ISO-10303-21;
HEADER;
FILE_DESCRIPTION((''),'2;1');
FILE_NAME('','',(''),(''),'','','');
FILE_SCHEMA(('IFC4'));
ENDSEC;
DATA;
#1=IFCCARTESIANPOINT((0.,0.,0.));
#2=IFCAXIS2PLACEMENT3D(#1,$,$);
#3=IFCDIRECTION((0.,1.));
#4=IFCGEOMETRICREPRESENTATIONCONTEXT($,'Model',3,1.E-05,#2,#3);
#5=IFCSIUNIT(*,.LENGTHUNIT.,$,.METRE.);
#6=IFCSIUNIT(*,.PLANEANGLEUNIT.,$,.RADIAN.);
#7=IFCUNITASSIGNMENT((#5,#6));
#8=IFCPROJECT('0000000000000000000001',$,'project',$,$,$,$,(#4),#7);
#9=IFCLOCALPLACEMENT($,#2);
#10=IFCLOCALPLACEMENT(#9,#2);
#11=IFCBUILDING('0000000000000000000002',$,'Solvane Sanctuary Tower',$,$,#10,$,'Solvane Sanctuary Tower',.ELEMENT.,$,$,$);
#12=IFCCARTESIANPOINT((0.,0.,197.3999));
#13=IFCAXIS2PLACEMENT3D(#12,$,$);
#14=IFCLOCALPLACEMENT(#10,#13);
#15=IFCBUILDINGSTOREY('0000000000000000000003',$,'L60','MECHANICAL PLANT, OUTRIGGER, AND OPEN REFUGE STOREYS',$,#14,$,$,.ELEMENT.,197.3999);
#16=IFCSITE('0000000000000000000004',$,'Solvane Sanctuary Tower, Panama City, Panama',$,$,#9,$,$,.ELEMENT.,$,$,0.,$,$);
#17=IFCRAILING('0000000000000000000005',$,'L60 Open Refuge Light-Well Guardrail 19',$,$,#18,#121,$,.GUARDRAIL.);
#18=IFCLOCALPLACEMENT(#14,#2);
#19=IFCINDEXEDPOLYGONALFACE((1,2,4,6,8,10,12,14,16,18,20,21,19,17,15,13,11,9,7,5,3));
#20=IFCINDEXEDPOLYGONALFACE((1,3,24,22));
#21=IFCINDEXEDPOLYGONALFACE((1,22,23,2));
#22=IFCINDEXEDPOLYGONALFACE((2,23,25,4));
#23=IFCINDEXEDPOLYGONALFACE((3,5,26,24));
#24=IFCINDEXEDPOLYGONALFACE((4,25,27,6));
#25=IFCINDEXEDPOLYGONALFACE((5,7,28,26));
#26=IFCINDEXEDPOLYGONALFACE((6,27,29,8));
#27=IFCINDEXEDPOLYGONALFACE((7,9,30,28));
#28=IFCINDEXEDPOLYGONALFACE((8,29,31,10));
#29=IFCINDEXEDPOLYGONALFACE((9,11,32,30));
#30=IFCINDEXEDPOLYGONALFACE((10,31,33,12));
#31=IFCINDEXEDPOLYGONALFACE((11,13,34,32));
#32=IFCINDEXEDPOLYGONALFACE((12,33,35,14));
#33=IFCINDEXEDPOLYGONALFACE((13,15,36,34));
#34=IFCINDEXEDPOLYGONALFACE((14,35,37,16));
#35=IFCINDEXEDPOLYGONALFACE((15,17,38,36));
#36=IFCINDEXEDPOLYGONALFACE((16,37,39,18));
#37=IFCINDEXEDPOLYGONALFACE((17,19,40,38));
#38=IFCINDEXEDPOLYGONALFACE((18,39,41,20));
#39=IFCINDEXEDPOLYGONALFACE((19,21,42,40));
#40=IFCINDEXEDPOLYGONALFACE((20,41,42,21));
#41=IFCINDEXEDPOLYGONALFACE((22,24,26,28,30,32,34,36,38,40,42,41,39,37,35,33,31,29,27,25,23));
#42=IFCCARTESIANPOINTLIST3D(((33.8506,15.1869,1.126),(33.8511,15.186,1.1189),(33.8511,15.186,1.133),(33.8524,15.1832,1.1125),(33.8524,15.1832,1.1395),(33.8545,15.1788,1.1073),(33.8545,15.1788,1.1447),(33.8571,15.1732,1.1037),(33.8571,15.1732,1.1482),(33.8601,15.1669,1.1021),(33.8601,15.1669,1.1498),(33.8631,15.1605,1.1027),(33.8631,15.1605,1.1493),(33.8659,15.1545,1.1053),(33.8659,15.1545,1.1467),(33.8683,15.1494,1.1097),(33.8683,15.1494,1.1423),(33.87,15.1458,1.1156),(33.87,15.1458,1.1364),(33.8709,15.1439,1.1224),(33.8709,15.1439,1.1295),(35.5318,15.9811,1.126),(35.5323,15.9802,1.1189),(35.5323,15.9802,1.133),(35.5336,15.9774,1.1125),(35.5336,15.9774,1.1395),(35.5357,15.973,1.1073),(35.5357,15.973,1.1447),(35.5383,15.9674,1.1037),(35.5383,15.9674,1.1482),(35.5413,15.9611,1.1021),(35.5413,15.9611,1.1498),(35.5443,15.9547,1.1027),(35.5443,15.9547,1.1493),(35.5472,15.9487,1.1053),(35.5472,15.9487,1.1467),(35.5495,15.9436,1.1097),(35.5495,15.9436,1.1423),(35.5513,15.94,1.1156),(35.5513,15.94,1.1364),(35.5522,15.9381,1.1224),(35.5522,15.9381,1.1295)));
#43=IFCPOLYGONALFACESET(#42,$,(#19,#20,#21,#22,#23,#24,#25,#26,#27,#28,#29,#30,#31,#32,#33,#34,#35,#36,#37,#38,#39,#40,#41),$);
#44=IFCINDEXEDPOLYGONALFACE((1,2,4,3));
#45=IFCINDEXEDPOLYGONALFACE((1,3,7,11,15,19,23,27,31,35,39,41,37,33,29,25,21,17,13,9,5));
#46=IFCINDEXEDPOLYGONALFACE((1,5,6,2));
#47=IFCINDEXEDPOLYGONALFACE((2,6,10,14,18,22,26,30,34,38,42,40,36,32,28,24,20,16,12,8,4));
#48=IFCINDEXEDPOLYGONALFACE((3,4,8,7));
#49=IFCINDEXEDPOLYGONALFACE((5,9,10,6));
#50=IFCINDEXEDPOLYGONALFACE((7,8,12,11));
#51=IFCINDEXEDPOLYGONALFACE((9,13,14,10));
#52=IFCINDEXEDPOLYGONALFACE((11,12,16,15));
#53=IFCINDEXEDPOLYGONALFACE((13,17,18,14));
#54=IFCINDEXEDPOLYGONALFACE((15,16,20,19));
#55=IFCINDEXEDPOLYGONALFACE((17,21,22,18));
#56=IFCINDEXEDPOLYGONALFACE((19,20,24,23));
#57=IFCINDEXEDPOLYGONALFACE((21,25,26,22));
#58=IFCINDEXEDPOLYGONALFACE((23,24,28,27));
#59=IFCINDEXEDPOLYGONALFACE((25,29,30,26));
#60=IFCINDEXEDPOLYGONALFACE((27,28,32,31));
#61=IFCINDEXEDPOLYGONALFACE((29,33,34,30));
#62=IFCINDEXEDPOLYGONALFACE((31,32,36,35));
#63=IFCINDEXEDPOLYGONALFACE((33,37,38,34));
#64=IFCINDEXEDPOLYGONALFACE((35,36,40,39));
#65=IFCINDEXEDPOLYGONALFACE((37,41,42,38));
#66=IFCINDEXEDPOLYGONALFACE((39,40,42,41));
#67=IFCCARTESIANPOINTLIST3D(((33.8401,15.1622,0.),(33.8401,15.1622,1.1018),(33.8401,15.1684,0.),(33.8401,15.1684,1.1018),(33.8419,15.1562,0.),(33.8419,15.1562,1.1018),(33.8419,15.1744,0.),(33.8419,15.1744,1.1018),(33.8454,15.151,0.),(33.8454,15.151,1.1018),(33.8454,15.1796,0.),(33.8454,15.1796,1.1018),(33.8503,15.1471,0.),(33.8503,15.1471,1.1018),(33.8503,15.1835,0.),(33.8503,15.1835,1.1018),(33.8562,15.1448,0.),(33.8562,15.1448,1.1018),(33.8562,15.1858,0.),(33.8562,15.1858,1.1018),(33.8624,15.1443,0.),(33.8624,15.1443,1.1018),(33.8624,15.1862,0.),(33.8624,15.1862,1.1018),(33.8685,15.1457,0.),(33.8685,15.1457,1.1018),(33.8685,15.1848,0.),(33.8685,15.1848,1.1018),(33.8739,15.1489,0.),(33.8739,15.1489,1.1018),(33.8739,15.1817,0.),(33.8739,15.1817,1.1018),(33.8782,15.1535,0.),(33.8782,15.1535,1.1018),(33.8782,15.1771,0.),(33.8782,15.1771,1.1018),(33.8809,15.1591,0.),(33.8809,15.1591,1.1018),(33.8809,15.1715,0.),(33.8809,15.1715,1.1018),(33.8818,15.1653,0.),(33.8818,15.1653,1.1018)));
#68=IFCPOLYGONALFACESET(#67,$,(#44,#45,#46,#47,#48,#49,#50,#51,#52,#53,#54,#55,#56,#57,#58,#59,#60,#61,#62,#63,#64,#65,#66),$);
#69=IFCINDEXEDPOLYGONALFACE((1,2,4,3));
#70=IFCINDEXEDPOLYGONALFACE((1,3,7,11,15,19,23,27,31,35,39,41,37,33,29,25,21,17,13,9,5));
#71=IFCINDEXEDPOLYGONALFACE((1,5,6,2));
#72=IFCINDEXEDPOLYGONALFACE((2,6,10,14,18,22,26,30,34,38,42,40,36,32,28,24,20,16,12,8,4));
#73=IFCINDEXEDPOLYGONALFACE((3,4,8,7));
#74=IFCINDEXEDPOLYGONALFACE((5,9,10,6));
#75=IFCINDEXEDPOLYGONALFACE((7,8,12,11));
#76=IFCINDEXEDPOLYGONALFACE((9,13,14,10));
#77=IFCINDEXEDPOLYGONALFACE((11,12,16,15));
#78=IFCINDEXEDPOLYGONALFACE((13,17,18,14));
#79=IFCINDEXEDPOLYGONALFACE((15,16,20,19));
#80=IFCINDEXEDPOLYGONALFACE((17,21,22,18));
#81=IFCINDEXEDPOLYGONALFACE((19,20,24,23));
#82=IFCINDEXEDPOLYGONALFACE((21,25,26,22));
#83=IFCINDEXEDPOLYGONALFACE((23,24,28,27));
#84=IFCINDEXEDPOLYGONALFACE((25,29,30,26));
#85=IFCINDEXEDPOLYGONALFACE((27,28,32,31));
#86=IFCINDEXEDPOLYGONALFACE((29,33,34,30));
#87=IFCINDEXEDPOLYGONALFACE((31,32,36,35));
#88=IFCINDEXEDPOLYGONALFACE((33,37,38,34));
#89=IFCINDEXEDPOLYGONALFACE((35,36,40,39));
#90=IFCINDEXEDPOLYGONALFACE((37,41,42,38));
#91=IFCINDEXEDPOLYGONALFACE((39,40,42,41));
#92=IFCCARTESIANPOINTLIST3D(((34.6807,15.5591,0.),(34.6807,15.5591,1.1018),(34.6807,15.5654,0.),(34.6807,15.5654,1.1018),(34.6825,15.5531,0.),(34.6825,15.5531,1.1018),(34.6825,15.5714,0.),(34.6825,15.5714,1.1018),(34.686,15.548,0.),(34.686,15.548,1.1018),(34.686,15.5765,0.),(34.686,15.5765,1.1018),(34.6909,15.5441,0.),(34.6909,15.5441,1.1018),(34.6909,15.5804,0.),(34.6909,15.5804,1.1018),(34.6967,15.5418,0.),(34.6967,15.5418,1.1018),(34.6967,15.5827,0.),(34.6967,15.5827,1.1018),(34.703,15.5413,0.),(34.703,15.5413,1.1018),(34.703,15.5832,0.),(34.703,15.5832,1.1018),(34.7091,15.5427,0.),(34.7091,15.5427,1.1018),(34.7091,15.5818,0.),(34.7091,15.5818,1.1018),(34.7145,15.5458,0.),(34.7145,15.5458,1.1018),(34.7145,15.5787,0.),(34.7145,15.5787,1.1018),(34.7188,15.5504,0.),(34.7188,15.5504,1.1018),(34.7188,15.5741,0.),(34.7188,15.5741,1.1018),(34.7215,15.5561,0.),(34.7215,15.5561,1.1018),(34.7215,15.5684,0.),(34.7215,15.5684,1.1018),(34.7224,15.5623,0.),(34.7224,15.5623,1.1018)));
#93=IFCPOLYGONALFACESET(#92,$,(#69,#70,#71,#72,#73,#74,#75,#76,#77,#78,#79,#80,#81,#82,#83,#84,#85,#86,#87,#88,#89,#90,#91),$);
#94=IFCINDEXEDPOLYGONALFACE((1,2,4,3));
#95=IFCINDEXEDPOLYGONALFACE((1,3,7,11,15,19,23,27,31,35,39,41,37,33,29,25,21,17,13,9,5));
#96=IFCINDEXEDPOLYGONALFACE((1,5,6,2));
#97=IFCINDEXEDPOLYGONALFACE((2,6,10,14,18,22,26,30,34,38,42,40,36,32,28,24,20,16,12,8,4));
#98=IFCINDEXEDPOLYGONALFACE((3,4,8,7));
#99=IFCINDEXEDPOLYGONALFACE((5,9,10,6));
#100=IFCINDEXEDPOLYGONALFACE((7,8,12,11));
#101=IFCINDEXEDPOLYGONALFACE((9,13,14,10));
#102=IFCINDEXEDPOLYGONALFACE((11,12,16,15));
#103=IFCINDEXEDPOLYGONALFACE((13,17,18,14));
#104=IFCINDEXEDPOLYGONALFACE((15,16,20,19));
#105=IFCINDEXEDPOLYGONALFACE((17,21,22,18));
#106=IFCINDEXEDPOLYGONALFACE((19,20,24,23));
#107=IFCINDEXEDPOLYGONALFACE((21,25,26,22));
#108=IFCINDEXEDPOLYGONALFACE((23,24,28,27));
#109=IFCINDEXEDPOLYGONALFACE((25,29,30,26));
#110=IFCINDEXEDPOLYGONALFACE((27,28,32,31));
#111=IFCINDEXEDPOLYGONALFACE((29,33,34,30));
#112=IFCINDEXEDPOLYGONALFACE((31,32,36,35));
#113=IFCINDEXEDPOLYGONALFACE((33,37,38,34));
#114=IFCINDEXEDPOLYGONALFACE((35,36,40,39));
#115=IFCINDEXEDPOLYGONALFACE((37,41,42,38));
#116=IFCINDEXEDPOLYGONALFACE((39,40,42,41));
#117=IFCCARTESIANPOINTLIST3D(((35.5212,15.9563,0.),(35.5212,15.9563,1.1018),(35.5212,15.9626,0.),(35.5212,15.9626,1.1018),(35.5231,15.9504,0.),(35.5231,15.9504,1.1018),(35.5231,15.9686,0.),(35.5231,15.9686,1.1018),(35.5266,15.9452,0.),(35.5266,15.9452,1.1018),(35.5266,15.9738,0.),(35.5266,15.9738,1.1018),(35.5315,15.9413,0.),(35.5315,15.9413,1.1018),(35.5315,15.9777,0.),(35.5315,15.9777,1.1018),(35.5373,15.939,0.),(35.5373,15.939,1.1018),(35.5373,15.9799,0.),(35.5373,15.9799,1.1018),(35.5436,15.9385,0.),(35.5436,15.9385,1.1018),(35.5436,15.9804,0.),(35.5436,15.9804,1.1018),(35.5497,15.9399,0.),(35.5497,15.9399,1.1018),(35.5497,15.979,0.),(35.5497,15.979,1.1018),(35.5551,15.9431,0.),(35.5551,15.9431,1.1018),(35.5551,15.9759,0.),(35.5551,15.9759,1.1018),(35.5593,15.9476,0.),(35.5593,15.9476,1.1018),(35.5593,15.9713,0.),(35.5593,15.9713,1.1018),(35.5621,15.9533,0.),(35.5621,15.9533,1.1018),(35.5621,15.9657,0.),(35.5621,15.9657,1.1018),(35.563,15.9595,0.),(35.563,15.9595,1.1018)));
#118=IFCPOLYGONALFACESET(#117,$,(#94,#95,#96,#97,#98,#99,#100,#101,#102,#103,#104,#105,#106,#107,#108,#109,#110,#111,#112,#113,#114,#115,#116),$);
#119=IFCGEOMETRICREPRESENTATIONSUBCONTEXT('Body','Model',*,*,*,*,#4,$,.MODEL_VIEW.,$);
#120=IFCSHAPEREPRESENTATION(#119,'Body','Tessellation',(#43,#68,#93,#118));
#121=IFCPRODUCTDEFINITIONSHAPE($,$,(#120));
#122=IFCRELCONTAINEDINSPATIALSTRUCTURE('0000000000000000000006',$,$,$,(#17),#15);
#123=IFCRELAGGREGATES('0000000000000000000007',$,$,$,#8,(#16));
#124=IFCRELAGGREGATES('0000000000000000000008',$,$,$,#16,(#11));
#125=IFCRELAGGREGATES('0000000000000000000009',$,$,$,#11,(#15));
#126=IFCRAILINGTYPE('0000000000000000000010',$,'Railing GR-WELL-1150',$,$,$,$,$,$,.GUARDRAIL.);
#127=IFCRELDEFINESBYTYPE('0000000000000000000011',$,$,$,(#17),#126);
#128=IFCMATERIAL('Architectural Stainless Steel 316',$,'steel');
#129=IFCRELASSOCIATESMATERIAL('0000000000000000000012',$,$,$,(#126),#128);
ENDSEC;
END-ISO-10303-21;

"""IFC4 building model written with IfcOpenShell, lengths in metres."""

from ifc_helpers import new_model, si_unit, direction, frame, origin, origin_2d, place, context, subcontext, project, spatial, circle, extrude, material, type_object, element, save


model = new_model("IFC4")

# Units and contexts
model_context = context("Model", 3, precision=1e-05, world=origin(), true_north=direction((0.0, 1.0)))
body_context = subcontext(model_context, "Body", "Model", "MODEL_VIEW")
ifc_project = project(units=[si_unit("LENGTHUNIT", "METRE"), si_unit("PLANEANGLEUNIT", "RADIAN")], contexts=[model_context])

# Site, building, storey
site_placement = place(None, origin())
site = spatial("IfcSite", under=ifc_project, at=site_placement, Name="Solvane Sanctuary Tower, Panama City, Panama", CompositionType="ELEMENT", RefElevation=0.0)
building_placement = place(site_placement, origin())
building = spatial("IfcBuilding", under=site, at=building_placement, Name="Solvane Sanctuary Tower", LongName="Solvane Sanctuary Tower", CompositionType="ELEMENT")
storey_placement = place(building_placement, frame((0.0, 0.0, 197.3999)))
storey = spatial("IfcBuildingStorey", under=building, at=storey_placement, Name="L60", Description="MECHANICAL PLANT, OUTRIGGER, AND OPEN REFUGE STOREYS", CompositionType="ELEMENT", Elevation=197.3999)

# Shared definitions
ifc_material_1 = material(Name="Architectural Stainless Steel 316", Category="steel")

# Railing
railing_type_1 = type_object("IfcRailingType", Name="Railing GR-WELL-1150", PredefinedType="GUARDRAIL", material=ifc_material_1)
railing_1_placement = place(storey_placement, frame((33.8608, 15.1653, 0.0)))
element("IfcRailing", 1, at=railing_1_placement, inside=storey, type_object=railing_type_1, Name="L60 Open Refuge Light-Well Guardrail 19", PredefinedType="GUARDRAIL", context=body_context, shape_type="SweptSolid", body=[
    extrude(circle(Radius=0.0239, at=origin_2d()), frame((0.0, 0.0, 1.126), z_axis=(0.904184, 0.427143, 0.0), x_axis=(-0.427143, 0.904184, 0.0)), (0.0, 0.0, 1.0), 1.8594),
    extrude(circle(Radius=0.021, at=origin_2d()), origin(), (0.0, 0.0, 1.0), 1.1018),
    extrude(circle(Radius=0.021, at=origin_2d()), frame((0.8406, 0.397, 0.0)), (0.0, 0.0, 1.0), 1.1018),
    extrude(circle(Radius=0.021, at=origin_2d()), frame((1.6812, 0.7942, 0.0)), (0.0, 0.0, 1.0), 1.1018),
])

save(model, "model.ifc")
